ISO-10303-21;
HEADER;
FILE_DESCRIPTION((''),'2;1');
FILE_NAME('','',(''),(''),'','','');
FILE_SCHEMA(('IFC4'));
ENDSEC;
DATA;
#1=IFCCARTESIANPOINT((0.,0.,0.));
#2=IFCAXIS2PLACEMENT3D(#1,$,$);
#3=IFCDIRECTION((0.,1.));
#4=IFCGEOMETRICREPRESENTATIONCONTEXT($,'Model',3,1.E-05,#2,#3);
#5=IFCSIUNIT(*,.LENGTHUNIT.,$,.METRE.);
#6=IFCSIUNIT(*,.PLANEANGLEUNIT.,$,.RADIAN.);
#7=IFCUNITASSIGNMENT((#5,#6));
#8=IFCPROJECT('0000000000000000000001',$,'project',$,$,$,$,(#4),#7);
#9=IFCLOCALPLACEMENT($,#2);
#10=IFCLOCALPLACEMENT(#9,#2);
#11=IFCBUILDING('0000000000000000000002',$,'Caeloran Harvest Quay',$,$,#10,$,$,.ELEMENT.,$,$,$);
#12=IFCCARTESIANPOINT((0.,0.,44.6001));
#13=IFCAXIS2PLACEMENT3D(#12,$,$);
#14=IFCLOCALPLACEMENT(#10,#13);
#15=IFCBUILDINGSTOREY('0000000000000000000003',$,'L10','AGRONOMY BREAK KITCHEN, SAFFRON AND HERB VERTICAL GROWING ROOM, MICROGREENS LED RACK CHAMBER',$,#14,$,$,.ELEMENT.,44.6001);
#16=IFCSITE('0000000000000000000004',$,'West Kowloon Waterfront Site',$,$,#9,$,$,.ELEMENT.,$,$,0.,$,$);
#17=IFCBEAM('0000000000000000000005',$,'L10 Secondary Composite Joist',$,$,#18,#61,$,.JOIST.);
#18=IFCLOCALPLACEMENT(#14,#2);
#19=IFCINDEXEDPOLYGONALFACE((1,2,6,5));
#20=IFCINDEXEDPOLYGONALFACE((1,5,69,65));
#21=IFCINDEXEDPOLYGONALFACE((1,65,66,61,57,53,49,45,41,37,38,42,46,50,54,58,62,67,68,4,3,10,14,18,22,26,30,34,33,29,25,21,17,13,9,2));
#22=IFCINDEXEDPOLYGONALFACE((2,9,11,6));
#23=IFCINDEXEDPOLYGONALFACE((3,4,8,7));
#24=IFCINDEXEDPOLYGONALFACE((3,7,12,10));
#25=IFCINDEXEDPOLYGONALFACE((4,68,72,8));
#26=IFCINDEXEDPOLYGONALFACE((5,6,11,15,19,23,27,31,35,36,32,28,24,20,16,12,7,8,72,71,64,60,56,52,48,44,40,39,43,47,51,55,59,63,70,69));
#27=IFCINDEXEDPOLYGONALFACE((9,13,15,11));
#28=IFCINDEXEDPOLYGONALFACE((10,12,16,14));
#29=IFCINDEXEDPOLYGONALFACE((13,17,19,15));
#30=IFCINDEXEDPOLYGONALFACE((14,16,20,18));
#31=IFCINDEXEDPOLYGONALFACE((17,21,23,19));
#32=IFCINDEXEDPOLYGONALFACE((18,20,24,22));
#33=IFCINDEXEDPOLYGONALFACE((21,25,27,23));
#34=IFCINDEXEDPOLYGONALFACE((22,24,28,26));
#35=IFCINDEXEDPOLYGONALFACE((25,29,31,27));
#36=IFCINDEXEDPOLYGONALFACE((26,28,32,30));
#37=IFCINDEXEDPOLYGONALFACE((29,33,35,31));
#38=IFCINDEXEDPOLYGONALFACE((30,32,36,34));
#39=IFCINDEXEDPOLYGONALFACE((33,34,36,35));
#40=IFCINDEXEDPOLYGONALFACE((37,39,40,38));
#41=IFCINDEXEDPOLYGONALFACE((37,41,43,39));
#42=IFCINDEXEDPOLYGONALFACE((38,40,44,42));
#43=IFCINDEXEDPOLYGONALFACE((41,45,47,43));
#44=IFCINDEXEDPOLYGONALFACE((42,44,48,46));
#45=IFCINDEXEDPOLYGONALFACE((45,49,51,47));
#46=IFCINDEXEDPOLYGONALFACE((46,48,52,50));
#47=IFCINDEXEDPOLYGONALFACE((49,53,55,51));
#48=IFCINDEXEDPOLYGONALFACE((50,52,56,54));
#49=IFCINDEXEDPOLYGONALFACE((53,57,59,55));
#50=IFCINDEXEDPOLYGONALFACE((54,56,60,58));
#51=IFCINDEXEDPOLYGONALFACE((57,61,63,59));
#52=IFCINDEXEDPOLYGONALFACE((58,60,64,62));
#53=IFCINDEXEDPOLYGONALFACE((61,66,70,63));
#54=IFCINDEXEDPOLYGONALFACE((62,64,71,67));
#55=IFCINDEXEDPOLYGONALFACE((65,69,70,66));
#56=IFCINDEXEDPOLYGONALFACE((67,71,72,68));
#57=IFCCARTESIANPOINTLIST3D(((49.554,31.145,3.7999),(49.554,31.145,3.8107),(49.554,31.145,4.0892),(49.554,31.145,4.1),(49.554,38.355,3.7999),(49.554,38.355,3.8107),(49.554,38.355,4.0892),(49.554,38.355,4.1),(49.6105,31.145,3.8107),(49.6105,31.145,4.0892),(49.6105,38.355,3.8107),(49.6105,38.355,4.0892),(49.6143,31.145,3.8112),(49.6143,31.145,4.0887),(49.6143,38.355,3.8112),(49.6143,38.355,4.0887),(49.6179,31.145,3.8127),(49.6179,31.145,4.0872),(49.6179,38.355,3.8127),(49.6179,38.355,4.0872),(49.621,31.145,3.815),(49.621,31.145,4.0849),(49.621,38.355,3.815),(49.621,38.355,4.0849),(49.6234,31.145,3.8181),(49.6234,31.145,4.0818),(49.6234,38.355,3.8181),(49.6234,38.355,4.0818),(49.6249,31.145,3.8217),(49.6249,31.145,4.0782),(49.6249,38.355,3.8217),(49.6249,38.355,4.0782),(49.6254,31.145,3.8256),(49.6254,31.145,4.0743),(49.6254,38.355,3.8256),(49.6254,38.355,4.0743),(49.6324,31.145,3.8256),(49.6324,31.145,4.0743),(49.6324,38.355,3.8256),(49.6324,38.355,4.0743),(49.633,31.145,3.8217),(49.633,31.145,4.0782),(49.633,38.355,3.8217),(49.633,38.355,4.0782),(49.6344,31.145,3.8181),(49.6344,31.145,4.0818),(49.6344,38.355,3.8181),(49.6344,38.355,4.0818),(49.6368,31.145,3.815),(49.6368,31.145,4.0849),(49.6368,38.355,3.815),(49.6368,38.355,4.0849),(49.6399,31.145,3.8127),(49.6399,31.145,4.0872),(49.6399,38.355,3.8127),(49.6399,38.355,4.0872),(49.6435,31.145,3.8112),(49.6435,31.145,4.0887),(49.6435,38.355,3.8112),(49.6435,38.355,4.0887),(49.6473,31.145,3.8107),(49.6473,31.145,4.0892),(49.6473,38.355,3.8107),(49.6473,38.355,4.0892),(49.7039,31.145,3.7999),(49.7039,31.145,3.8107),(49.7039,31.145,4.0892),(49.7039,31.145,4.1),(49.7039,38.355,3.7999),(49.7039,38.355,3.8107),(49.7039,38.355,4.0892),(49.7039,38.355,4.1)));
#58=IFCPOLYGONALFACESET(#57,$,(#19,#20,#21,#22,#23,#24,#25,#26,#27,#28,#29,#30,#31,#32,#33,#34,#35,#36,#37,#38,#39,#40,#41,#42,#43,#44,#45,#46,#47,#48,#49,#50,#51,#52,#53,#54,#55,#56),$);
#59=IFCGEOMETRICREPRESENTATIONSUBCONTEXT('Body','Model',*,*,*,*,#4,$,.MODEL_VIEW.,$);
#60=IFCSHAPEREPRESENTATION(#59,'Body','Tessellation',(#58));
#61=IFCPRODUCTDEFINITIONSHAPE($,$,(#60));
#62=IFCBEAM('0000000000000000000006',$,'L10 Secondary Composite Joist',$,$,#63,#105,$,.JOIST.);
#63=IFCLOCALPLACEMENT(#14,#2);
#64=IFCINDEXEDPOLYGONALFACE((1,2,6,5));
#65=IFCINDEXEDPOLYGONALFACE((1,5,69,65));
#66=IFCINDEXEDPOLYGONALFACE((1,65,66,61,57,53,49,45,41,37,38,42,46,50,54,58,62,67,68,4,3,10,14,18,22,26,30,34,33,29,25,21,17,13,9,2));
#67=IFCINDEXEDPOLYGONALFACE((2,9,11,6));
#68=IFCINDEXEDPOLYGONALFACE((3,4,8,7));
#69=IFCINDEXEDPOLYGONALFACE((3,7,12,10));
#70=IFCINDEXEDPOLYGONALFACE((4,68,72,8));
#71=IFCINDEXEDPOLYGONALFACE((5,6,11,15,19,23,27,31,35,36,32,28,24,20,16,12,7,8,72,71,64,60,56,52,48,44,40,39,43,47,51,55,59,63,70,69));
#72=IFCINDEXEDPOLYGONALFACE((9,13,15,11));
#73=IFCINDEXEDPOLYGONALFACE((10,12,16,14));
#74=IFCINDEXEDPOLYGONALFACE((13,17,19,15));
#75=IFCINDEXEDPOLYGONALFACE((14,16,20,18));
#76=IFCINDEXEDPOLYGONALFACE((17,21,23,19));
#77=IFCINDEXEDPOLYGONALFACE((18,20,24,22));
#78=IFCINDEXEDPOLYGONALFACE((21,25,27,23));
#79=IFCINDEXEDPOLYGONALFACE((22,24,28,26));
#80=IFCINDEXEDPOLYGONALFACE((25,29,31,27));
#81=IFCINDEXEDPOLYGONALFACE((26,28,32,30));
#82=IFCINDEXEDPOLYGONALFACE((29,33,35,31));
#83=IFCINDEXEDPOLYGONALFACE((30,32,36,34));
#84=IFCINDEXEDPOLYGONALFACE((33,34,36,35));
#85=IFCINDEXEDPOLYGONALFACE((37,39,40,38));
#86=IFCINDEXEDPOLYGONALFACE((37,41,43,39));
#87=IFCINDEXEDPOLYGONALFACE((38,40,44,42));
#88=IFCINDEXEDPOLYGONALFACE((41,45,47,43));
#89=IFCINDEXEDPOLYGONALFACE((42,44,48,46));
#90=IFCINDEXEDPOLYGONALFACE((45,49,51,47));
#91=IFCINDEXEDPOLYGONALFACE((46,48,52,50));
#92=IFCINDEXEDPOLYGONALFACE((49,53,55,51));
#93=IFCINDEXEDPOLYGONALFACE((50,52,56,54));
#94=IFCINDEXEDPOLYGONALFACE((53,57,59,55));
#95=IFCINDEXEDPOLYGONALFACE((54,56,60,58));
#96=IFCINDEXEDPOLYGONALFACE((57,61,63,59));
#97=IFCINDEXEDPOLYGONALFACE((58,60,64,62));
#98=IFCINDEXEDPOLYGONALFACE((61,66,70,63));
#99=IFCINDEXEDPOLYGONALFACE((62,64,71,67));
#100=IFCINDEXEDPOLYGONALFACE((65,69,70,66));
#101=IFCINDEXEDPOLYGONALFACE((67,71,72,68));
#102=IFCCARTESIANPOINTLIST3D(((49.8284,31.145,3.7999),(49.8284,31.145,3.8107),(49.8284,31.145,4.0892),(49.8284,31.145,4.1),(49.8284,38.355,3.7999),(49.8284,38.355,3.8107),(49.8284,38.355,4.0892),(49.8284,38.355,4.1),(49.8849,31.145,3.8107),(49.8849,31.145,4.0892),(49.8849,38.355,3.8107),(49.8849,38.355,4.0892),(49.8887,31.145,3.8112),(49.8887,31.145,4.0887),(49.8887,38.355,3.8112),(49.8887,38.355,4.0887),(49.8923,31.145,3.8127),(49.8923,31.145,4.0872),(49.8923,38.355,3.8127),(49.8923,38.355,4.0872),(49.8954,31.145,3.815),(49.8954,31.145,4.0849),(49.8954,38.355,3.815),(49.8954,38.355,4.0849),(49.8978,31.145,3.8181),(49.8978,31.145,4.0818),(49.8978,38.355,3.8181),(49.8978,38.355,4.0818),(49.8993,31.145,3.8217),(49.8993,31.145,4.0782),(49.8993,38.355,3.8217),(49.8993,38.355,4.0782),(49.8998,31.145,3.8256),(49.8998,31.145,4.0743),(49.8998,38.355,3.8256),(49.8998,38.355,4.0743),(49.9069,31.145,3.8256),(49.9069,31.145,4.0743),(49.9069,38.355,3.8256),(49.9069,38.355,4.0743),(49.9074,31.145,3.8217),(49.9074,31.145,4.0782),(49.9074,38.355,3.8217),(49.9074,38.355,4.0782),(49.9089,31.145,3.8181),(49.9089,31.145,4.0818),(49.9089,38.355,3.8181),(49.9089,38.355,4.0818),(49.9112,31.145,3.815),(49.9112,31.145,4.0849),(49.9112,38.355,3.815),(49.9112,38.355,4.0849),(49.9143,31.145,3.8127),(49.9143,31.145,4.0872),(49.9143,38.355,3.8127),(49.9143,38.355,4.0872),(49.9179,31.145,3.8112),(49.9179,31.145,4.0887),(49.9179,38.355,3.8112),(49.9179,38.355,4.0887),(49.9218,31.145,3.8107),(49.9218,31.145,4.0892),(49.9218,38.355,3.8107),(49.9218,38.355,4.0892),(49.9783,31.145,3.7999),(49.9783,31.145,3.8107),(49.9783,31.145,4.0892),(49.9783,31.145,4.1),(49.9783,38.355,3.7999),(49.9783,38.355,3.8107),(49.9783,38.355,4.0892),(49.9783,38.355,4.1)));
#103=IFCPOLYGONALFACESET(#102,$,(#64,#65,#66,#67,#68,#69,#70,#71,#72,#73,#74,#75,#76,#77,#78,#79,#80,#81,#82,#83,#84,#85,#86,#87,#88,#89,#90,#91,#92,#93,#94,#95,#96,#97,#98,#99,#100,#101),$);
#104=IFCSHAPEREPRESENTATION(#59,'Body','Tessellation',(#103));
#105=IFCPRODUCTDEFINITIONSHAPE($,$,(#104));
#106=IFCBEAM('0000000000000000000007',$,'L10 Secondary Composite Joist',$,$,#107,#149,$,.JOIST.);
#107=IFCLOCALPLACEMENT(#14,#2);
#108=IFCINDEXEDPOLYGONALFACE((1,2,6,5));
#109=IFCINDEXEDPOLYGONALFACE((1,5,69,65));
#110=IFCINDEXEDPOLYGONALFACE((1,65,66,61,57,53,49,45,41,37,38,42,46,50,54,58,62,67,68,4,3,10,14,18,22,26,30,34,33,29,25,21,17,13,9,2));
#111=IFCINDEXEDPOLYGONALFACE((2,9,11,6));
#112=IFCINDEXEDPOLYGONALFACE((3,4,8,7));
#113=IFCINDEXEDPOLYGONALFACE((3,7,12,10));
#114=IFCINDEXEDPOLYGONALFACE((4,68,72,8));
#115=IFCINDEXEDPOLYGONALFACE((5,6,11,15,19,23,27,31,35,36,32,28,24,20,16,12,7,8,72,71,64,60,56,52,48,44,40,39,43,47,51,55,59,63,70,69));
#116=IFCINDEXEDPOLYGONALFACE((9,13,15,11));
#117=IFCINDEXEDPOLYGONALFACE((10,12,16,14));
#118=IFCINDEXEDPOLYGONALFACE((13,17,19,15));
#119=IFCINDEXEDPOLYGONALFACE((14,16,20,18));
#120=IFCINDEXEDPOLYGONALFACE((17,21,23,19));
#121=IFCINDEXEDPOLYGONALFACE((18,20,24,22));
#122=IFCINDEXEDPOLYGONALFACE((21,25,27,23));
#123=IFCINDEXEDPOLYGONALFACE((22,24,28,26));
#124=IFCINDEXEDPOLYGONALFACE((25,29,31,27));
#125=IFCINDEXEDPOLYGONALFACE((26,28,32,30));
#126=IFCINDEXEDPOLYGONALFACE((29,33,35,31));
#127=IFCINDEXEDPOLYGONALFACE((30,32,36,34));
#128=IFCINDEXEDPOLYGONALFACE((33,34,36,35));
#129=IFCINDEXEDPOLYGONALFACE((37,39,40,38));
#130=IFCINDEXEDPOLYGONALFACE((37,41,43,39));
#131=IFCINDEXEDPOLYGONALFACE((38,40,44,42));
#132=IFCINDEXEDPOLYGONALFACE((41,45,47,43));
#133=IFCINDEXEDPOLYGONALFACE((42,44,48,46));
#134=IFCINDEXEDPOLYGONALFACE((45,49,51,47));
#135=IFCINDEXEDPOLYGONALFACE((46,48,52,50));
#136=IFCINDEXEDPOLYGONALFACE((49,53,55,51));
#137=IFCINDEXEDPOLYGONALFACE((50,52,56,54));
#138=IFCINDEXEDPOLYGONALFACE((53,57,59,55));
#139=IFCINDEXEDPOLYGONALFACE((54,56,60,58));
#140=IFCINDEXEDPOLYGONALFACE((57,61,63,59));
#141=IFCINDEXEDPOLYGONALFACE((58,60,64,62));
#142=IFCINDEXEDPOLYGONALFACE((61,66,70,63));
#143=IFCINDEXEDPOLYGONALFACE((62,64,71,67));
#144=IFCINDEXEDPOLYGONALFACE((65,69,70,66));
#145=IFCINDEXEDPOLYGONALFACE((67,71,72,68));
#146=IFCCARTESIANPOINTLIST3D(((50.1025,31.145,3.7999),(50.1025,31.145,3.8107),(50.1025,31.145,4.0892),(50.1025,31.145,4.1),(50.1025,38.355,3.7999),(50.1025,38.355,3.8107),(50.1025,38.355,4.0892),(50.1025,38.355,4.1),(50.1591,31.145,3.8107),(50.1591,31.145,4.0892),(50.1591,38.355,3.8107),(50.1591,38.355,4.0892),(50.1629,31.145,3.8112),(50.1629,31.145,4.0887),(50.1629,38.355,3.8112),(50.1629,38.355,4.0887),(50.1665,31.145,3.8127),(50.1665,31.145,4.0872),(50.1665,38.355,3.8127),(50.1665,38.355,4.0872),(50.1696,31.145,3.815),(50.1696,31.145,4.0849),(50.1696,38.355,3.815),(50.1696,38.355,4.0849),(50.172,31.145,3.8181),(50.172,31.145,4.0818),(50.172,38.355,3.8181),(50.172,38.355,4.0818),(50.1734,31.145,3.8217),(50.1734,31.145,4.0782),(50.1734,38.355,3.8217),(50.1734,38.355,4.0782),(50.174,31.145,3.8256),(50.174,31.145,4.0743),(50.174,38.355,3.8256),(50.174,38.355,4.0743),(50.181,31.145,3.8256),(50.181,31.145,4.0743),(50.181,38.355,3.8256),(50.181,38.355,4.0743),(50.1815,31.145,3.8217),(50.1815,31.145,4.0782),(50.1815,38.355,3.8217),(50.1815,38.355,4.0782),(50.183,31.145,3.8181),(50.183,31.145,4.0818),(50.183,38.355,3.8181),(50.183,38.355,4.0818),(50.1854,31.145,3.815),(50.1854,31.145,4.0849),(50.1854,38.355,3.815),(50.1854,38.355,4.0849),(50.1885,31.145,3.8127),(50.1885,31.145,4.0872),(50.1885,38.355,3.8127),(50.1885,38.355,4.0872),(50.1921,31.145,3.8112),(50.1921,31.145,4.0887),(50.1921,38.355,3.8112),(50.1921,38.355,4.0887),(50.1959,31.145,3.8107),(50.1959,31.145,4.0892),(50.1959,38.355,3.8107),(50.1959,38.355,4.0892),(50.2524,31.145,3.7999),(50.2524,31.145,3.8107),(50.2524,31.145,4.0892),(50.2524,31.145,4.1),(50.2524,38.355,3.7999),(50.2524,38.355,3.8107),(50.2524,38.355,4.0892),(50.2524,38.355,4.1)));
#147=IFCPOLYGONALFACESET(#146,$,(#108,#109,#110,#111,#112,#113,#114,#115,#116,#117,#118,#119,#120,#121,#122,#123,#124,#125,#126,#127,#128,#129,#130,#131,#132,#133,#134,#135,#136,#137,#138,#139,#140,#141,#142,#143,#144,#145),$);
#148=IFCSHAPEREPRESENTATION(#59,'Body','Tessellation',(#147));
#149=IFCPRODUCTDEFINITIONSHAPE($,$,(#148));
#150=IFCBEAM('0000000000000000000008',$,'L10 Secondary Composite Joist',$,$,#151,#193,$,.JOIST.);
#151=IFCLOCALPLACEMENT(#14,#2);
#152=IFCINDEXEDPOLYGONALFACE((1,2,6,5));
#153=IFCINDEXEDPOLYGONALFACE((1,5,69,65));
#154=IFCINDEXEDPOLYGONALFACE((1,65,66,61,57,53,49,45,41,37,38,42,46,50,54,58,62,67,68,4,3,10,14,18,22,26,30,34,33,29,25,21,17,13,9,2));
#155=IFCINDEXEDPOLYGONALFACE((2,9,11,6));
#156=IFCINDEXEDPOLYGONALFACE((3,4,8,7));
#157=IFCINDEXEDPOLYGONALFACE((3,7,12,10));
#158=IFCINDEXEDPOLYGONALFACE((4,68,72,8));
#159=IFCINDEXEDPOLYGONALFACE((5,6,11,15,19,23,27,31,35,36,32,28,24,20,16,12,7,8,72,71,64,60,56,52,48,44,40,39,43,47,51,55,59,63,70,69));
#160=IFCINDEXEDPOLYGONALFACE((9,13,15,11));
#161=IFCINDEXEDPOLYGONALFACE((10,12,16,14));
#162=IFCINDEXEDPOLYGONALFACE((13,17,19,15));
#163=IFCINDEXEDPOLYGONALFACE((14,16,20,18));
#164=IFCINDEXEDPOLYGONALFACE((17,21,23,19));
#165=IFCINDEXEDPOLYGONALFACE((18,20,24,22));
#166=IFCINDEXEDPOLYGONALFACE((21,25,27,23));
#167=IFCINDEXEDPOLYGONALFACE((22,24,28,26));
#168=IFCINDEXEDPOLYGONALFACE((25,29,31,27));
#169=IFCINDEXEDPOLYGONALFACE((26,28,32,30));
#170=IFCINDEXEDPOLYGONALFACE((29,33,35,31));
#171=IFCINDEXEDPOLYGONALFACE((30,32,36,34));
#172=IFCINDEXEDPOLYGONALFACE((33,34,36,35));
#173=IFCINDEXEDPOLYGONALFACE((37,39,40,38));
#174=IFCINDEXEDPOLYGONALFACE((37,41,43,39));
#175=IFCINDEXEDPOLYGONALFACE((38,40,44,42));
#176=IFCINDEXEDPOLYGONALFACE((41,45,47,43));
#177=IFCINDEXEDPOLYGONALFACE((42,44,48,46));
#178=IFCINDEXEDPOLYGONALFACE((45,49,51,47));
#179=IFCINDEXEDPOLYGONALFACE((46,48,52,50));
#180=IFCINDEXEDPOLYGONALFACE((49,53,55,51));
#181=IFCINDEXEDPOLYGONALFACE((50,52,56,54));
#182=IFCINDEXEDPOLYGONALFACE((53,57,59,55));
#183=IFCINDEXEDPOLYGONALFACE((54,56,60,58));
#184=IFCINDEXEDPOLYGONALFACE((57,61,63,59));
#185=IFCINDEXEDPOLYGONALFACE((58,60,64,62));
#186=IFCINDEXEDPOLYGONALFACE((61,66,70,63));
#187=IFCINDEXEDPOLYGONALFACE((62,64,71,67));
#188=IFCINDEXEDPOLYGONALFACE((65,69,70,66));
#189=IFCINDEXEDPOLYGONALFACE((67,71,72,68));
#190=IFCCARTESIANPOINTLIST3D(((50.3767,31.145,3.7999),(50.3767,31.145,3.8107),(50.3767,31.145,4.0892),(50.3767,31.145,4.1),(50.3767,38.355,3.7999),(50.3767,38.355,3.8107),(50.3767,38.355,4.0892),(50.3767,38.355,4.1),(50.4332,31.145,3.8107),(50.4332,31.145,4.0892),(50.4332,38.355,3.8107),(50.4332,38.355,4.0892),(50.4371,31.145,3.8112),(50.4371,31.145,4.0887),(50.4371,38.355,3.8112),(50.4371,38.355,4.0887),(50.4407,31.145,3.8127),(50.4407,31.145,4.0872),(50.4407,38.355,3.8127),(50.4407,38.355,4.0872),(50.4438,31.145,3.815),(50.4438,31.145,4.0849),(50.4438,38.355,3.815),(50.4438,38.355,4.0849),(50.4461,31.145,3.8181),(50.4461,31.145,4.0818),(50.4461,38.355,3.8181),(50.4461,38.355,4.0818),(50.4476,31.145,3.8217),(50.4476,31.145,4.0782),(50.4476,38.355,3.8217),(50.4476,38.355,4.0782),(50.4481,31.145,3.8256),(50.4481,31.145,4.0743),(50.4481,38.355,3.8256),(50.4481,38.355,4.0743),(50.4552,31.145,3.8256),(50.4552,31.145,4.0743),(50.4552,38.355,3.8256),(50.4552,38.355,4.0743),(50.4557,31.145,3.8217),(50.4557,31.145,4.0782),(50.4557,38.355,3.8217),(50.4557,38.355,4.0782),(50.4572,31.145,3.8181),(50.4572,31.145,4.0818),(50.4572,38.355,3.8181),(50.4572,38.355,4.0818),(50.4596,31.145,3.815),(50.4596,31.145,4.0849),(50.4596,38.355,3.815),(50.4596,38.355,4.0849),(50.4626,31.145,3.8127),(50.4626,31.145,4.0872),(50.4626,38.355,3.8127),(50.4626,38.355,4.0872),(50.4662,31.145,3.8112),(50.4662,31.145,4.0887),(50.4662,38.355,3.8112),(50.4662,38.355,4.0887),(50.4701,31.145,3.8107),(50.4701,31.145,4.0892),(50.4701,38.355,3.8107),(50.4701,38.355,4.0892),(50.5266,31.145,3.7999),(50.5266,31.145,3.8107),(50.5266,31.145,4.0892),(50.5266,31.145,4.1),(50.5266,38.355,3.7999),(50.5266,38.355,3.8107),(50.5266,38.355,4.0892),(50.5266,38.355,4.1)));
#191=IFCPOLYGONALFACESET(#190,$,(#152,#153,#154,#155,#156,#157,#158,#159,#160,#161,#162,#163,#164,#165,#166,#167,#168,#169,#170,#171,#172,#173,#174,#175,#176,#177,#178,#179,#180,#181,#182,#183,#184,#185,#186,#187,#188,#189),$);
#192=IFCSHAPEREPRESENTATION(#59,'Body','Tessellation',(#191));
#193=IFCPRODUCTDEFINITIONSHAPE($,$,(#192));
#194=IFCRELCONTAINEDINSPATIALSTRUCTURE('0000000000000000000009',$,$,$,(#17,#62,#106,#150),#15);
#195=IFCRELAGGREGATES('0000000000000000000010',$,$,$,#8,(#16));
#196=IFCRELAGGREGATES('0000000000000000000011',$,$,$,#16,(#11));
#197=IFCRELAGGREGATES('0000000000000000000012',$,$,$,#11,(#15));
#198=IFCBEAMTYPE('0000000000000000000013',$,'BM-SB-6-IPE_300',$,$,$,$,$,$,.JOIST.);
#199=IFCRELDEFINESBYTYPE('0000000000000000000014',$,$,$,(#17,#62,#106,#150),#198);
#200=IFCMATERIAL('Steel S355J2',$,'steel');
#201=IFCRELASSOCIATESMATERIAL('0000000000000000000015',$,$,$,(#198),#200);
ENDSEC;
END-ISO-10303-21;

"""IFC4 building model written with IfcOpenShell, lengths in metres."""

from ifc_helpers import new_model, si_unit, direction, frame, origin, origin_2d, place, context, subcontext, project, spatial, i_section, extrude, material, material_profile, profile_set, type_object, element, save


model = new_model("IFC4")

# Units and contexts
model_context = context("Model", 3, precision=1e-05, world=origin(), true_north=direction((0.0, 1.0)))
body_context = subcontext(model_context, "Body", "Model", "MODEL_VIEW")
ifc_project = project(units=[si_unit("LENGTHUNIT", "METRE"), si_unit("PLANEANGLEUNIT", "RADIAN")], contexts=[model_context])

# Site, building, storey
site_placement = place(None, origin())
site = spatial("IfcSite", under=ifc_project, at=site_placement, Name="West Kowloon Waterfront Site", CompositionType="ELEMENT", RefElevation=0.0)
building_placement = place(site_placement, origin())
building = spatial("IfcBuilding", under=site, at=building_placement, Name="Caeloran Harvest Quay", CompositionType="ELEMENT")
storey_placement = place(building_placement, frame((0.0, 0.0, 44.6001)))
storey = spatial("IfcBuildingStorey", under=building, at=storey_placement, Name="L10", Description="AGRONOMY BREAK KITCHEN, SAFFRON AND HERB VERTICAL GROWING ROOM, MICROGREENS LED RACK CHAMBER", CompositionType="ELEMENT", Elevation=44.6001)

# Beams
ifc_material_1 = material(Name="Steel S355J2", Category="steel")
ifc_material_profile_1 = material_profile(ifc_material_1, i_section(OverallWidth=0.1499, OverallDepth=0.3, WebThickness=0.0071, FlangeThickness=0.0107, FilletRadius=0.0149, at=origin_2d()), Name="IPE 300")
ifc_profile_set_1 = profile_set([ifc_material_profile_1], Name="Steel S355J2")
beam_type_1 = type_object("IfcBeamType", Name="BM-SB-6-IPE_300", PredefinedType="JOIST", material=ifc_profile_set_1)
for number, where, z_axis, x_axis, name in (
    (1, (49.6289, 31.145, 3.95), (0.0, 1.0, 0.0), (-1.0, 0.0, 0.0), "L10 Secondary Composite Joist"),
    (2, (49.9033, 31.145, 3.95), (0.0, 1.0, 0.0), (-1.0, 0.0, 0.0), "L10 Secondary Composite Joist"),
    (3, (50.1775, 31.145, 3.95), (0.0, 1.0, 0.0), (-1.0, 0.0, 0.0), "L10 Secondary Composite Joist"),
    (4, (50.4517, 31.145, 3.95), (0.0, 1.0, 0.0), (-1.0, 0.0, 0.0), "L10 Secondary Composite Joist"),
):
    element("IfcBeam", number, at=place(storey_placement, frame(where, z_axis=z_axis, x_axis=x_axis)), inside=storey, type_object=beam_type_1, Name=name, PredefinedType="JOIST", context=body_context, shape_type="SweptSolid", body=[
        extrude(i_section(OverallWidth=0.1499, OverallDepth=0.3, WebThickness=0.0071, FlangeThickness=0.0107, FilletRadius=0.0149, at=origin_2d()), origin(), (0.0, 0.0, 1.0), 7.21),
    ])

save(model, "model.ifc")
